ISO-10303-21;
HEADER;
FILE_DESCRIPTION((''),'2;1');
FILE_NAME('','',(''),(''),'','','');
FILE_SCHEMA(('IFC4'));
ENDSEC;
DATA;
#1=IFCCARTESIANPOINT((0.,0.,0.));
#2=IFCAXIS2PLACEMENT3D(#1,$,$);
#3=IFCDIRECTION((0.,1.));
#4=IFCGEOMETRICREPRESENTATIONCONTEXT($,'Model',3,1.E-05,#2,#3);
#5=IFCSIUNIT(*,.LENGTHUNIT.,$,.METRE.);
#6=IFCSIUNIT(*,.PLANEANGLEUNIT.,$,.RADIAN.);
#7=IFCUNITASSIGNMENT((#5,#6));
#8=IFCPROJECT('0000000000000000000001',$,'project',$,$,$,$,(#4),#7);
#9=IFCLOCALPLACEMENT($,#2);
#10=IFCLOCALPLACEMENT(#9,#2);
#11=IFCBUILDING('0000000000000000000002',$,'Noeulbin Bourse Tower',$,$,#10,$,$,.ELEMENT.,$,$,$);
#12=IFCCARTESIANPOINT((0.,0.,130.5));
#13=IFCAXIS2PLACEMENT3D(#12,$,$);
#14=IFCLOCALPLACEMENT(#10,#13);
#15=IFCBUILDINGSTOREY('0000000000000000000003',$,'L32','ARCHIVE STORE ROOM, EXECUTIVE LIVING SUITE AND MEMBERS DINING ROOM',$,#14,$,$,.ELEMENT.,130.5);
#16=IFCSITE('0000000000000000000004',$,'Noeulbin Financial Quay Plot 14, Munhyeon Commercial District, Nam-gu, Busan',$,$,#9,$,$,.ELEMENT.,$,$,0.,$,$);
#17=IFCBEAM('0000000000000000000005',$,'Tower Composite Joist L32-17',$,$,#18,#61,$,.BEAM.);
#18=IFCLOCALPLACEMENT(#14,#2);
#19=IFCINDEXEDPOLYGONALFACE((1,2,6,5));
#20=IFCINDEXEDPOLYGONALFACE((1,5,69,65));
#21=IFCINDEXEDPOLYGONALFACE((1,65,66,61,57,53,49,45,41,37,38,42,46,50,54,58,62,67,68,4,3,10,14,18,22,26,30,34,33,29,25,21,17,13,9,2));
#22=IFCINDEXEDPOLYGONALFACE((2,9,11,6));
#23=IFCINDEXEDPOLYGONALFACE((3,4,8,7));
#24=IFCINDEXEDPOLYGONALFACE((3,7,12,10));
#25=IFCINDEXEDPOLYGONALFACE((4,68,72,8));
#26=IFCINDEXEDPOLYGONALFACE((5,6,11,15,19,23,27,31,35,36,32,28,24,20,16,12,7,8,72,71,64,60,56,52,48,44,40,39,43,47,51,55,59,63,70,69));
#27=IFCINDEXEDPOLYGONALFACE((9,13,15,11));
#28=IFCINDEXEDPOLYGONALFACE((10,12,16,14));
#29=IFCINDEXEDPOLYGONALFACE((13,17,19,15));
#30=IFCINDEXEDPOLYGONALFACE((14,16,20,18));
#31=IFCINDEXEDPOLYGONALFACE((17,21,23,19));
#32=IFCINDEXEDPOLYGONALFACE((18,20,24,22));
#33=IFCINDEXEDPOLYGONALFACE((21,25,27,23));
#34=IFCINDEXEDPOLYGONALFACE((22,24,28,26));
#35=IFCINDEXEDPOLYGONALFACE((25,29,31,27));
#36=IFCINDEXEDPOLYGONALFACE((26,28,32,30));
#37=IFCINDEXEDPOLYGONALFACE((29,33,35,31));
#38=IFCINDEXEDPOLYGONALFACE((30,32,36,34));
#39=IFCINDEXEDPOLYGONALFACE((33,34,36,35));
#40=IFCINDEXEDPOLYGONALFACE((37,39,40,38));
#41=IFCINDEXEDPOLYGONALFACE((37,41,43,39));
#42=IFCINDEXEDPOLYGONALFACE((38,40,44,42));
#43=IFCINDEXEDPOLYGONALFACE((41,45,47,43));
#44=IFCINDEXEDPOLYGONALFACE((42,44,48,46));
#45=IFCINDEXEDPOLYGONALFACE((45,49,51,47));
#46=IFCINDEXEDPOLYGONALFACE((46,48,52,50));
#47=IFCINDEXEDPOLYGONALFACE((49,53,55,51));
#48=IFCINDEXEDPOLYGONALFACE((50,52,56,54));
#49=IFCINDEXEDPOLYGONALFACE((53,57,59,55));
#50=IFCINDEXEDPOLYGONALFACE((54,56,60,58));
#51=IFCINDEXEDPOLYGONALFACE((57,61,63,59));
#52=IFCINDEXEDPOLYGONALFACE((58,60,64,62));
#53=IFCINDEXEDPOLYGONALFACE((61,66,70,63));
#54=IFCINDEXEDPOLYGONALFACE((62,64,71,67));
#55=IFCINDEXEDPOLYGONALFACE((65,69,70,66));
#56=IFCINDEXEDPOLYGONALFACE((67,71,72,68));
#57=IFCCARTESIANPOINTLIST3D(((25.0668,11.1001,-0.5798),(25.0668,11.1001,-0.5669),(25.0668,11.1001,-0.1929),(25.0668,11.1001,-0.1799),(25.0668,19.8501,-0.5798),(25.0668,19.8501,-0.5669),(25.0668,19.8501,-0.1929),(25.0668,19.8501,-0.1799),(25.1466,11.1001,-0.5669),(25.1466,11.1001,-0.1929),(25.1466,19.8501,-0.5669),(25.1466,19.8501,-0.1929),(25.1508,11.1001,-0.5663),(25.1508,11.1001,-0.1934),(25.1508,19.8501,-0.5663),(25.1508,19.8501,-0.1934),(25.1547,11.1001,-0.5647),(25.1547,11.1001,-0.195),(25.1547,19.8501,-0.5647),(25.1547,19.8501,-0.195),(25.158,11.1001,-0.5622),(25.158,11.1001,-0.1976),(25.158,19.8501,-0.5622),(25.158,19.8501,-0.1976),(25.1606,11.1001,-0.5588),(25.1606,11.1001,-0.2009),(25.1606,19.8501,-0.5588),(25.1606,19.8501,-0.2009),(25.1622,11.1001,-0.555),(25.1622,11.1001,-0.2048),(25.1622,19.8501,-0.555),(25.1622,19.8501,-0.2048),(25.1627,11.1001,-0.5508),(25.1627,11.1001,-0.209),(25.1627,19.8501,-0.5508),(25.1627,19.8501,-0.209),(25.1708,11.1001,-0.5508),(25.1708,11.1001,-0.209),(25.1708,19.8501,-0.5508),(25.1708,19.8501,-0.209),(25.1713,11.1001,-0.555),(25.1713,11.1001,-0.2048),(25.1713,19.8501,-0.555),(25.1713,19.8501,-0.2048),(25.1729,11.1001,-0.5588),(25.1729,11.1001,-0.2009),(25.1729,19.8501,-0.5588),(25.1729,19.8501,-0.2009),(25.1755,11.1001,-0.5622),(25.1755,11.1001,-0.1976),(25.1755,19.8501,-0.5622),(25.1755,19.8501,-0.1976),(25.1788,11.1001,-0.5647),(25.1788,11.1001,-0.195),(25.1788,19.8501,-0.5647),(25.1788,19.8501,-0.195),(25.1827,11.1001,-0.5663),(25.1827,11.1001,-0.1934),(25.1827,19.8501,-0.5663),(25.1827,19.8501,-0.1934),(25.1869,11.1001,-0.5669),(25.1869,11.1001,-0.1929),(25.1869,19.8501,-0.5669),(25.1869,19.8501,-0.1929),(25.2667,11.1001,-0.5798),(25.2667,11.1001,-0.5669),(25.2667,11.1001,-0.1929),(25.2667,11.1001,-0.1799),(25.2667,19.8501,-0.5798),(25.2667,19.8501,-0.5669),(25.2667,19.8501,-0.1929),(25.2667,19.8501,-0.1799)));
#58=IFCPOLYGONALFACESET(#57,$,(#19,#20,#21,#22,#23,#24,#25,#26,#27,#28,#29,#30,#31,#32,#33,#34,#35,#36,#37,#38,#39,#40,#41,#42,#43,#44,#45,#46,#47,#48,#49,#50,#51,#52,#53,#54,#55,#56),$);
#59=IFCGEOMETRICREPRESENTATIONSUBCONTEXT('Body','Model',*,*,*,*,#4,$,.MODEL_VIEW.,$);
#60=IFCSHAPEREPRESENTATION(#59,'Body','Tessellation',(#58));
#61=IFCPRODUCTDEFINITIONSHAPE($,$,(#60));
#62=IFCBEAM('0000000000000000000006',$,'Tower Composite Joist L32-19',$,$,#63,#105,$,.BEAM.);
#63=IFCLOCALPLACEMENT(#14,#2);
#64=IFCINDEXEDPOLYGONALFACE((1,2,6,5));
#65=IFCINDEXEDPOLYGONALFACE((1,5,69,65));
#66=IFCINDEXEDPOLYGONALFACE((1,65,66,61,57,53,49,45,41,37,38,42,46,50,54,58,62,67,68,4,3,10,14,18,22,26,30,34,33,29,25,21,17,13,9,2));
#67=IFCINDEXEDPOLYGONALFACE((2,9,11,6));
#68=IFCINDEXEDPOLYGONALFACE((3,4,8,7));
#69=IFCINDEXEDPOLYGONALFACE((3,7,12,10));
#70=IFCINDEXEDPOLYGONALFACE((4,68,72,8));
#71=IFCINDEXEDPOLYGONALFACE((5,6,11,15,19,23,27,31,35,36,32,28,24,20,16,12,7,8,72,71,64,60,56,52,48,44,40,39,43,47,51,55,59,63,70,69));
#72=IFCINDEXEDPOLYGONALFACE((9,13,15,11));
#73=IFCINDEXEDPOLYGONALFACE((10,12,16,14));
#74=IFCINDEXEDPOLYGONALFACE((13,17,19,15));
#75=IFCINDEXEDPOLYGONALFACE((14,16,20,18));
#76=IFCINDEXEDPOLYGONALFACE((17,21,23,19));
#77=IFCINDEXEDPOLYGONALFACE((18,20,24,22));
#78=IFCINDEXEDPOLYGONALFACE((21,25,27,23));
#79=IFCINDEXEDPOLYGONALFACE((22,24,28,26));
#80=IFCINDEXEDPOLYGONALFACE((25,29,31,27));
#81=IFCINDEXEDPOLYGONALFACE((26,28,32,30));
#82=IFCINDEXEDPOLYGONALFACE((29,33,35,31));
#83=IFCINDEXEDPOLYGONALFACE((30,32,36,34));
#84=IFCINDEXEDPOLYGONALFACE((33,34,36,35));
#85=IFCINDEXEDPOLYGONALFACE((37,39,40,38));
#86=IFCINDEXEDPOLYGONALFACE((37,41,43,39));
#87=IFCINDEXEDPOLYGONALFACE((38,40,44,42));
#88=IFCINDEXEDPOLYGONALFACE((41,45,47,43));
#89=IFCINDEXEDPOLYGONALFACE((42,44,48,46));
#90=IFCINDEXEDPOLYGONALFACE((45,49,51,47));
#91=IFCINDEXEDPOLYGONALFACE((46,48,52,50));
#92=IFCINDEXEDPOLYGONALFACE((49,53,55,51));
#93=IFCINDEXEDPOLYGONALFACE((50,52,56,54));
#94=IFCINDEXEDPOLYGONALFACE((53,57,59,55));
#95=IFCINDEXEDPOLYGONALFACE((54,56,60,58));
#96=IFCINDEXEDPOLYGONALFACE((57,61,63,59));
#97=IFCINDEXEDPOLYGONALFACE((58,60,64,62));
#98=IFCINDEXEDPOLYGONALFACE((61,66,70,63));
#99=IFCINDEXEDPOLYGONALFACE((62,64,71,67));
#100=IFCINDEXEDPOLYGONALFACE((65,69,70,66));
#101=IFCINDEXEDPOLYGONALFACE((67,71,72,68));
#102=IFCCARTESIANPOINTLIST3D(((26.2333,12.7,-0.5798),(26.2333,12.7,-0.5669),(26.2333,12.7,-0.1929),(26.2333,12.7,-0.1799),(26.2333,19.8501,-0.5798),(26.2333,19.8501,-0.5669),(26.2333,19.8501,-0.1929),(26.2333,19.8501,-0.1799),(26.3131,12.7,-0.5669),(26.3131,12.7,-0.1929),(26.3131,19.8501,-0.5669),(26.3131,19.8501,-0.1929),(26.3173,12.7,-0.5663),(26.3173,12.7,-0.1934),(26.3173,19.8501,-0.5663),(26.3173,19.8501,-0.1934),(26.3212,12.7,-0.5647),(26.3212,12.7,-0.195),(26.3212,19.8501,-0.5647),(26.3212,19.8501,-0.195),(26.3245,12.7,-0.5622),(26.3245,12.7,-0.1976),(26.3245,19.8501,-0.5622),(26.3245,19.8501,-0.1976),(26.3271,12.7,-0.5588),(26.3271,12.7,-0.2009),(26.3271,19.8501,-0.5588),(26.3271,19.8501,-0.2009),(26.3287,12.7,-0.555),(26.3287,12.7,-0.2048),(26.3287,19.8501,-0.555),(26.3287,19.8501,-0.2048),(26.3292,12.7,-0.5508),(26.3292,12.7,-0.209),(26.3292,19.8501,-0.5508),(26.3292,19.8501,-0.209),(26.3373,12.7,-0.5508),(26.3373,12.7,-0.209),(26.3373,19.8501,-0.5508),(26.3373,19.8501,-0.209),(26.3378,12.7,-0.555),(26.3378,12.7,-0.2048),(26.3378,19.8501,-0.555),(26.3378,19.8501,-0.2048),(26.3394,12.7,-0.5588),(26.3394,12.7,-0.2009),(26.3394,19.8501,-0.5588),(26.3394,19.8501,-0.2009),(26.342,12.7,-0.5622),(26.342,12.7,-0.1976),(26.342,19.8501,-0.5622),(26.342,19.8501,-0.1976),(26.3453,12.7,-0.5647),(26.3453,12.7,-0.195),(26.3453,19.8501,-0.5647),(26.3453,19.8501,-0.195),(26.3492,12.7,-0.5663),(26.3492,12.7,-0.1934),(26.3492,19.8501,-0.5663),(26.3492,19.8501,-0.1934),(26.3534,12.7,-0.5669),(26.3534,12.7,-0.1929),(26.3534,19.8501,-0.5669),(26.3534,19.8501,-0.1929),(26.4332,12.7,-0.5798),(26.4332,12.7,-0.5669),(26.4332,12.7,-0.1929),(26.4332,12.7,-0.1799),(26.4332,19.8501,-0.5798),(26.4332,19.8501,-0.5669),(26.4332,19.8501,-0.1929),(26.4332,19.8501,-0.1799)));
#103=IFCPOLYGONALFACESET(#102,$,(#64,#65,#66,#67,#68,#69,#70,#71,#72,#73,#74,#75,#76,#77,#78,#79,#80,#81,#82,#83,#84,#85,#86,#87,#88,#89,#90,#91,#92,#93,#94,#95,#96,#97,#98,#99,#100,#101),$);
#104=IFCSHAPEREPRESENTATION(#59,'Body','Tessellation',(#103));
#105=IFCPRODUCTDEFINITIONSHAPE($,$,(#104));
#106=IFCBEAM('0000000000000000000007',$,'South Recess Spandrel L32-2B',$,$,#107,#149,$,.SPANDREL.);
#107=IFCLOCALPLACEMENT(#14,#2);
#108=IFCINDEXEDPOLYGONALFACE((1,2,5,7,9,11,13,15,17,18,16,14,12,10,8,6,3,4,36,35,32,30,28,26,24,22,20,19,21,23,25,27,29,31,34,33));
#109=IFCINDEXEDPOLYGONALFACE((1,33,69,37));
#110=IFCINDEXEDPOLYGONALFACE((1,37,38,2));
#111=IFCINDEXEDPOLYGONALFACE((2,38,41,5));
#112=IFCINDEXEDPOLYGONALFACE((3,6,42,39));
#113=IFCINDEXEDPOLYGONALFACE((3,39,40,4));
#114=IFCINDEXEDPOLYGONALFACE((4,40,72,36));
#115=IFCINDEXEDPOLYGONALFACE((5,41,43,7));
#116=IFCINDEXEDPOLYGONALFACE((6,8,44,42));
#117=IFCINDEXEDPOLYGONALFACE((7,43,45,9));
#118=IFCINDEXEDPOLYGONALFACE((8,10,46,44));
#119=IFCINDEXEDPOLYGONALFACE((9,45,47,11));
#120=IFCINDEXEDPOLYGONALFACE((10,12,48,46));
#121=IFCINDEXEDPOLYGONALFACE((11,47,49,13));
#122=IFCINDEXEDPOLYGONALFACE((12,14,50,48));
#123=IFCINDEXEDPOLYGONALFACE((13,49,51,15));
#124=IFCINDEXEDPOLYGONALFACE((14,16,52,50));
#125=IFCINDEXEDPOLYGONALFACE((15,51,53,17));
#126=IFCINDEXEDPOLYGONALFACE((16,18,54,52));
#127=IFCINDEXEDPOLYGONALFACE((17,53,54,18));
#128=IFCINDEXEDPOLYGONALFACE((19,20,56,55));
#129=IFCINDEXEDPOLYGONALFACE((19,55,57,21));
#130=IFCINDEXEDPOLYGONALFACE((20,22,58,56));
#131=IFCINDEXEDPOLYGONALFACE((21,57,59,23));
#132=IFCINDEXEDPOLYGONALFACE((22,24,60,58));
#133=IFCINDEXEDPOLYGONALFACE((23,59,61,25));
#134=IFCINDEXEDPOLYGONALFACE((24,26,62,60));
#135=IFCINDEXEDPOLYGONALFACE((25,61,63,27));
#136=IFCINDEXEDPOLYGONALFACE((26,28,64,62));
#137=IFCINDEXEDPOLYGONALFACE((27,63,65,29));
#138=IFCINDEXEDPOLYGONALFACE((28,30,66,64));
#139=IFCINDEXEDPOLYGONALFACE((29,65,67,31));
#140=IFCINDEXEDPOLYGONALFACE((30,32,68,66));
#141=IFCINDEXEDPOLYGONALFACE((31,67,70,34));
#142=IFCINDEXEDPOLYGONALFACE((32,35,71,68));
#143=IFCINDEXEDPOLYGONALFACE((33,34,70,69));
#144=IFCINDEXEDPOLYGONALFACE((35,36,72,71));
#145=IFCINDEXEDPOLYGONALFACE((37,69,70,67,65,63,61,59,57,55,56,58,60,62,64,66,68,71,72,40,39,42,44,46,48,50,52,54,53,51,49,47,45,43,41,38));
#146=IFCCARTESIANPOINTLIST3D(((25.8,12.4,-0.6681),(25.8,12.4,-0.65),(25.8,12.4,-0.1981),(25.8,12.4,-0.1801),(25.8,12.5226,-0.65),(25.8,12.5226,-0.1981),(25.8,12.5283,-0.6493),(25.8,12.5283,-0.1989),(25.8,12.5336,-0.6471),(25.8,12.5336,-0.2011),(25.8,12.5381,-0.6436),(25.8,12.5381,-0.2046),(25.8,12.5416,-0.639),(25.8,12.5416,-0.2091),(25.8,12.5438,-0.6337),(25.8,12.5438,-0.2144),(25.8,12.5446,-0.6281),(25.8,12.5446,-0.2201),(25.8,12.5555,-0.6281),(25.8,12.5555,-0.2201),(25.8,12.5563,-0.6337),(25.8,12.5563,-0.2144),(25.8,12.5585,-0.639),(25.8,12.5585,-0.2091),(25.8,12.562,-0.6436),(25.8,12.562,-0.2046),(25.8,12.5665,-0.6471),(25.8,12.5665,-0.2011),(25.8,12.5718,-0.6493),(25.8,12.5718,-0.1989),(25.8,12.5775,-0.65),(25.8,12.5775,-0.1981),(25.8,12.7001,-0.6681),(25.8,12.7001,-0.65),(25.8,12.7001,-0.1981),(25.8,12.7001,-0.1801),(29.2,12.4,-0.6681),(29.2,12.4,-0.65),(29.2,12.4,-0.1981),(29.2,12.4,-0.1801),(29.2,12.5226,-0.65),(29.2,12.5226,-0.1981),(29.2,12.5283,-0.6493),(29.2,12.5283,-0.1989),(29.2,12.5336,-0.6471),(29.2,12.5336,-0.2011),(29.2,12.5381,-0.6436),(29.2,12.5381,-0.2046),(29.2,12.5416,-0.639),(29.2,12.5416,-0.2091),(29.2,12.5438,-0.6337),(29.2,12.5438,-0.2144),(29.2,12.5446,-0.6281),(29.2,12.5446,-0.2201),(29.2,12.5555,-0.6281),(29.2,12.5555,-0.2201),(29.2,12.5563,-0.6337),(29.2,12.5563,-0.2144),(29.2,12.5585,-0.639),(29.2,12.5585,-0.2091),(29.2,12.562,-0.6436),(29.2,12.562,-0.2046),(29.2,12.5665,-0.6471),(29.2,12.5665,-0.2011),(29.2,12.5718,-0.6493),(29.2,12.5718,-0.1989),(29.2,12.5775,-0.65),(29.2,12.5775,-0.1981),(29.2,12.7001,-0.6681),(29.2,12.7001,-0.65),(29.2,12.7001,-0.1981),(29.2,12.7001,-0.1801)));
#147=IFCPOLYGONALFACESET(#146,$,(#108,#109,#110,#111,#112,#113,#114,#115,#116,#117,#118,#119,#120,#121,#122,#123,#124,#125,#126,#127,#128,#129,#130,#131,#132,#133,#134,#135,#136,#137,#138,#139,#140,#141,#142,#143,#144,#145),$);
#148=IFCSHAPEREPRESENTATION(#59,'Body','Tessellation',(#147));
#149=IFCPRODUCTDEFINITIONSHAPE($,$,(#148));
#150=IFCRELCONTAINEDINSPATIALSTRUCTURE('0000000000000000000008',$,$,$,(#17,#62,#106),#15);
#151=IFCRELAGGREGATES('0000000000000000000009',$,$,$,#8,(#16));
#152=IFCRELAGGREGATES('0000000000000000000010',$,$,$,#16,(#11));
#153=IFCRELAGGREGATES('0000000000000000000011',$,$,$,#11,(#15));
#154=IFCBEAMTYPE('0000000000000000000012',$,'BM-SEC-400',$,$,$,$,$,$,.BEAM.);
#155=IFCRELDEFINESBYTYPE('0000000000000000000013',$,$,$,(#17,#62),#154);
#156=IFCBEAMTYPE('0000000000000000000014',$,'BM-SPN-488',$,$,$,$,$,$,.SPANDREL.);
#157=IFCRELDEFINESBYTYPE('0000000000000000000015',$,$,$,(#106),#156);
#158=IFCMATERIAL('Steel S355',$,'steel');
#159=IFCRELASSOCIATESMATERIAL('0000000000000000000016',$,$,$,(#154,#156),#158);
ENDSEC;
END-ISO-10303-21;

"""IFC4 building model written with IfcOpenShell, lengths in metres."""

from ifc_helpers import new_model, si_unit, direction, frame, origin, origin_2d, place, context, subcontext, project, spatial, i_section, extrude, material, material_profile, profile_set, type_object, element, save


model = new_model("IFC4")

# Units and contexts
model_context = context("Model", 3, precision=1e-05, world=origin(), true_north=direction((0.0, 1.0)))
body_context = subcontext(model_context, "Body", "Model", "MODEL_VIEW")
ifc_project = project(units=[si_unit("LENGTHUNIT", "METRE"), si_unit("PLANEANGLEUNIT", "RADIAN")], contexts=[model_context])

# Site, building, storey
site_placement = place(None, origin())
site = spatial("IfcSite", under=ifc_project, at=site_placement, Name="Noeulbin Financial Quay Plot 14, Munhyeon Commercial District, Nam-gu, Busan", CompositionType="ELEMENT", RefElevation=0.0)
building_placement = place(site_placement, origin())
building = spatial("IfcBuilding", under=site, at=building_placement, Name="Noeulbin Bourse Tower", CompositionType="ELEMENT")
storey_placement = place(building_placement, frame((0.0, 0.0, 130.5)))
storey = spatial("IfcBuildingStorey", under=building, at=storey_placement, Name="L32", Description="ARCHIVE STORE ROOM, EXECUTIVE LIVING SUITE AND MEMBERS DINING ROOM", CompositionType="ELEMENT", Elevation=130.5)

# Beams
ifc_material_1 = material(Name="Steel S355", Category="steel")
ifc_material_profile_1 = material_profile(ifc_material_1, i_section(OverallWidth=0.2, OverallDepth=0.3999, WebThickness=0.0081, FlangeThickness=0.0129, FilletRadius=0.0161, at=origin_2d()), Name="H-400x200x8x13", Category="LoadBearing")
ifc_profile_set_1 = profile_set([ifc_material_profile_1], Name="Steel S355")
beam_type_1 = type_object("IfcBeamType", Name="BM-SEC-400", PredefinedType="BEAM", material=ifc_profile_set_1)
for number, where, z_axis, x_axis, name in (
    (1, (25.1667, 11.1001, -0.3799), (0.0, 1.0, 0.0), (-1.0, 0.0, 0.0), "Tower Composite Joist L32-17"),
):
    element("IfcBeam", number, at=place(storey_placement, frame(where, z_axis=z_axis, x_axis=x_axis)), inside=storey, type_object=beam_type_1, Name=name, PredefinedType="BEAM", context=body_context, shape_type="SweptSolid", body=[
        extrude(i_section(OverallWidth=0.2, OverallDepth=0.3999, WebThickness=0.0081, FlangeThickness=0.0129, FilletRadius=0.0161, at=origin_2d()), origin(), (0.0, 0.0, 1.0), 8.75),
    ])
beam_1_placement = place(storey_placement, frame((26.3333, 12.7, -0.3799), z_axis=(0.0, 1.0, 0.0), x_axis=(-1.0, 0.0, 0.0)))
element("IfcBeam", 2, at=beam_1_placement, inside=storey, type_object=beam_type_1, Name="Tower Composite Joist L32-19", PredefinedType="BEAM", context=body_context, shape_type="SweptSolid", body=[
    extrude(i_section(OverallWidth=0.2, OverallDepth=0.3999, WebThickness=0.0081, FlangeThickness=0.0129, FilletRadius=0.0161, at=origin_2d()), origin(), (0.0, 0.0, 1.0), 7.1501),
])
ifc_material_profile_2 = material_profile(ifc_material_1, i_section(OverallWidth=0.3, OverallDepth=0.488, WebThickness=0.011, FlangeThickness=0.0181, FilletRadius=0.022, at=origin_2d()), Name="H-488x300x11x18", Category="LoadBearing")
ifc_profile_set_2 = profile_set([ifc_material_profile_2], Name="Steel S355")
beam_type_2 = type_object("IfcBeamType", Name="BM-SPN-488", PredefinedType="SPANDREL", material=ifc_profile_set_2)
beam_2_placement = place(storey_placement, frame((25.8, 12.55, -0.4241), z_axis=(1.0, 0.0, 0.0), x_axis=(0.0, 1.0, 0.0)))
element("IfcBeam", 3, at=beam_2_placement, inside=storey, type_object=beam_type_2, Name="South Recess Spandrel L32-2B", PredefinedType="SPANDREL", context=body_context, shape_type="SweptSolid", body=[
    extrude(i_section(OverallWidth=0.3, OverallDepth=0.488, WebThickness=0.011, FlangeThickness=0.0181, FilletRadius=0.022, at=origin_2d()), origin(), (0.0, 0.0, 1.0), 3.3999),
])

save(model, "model.ifc")
